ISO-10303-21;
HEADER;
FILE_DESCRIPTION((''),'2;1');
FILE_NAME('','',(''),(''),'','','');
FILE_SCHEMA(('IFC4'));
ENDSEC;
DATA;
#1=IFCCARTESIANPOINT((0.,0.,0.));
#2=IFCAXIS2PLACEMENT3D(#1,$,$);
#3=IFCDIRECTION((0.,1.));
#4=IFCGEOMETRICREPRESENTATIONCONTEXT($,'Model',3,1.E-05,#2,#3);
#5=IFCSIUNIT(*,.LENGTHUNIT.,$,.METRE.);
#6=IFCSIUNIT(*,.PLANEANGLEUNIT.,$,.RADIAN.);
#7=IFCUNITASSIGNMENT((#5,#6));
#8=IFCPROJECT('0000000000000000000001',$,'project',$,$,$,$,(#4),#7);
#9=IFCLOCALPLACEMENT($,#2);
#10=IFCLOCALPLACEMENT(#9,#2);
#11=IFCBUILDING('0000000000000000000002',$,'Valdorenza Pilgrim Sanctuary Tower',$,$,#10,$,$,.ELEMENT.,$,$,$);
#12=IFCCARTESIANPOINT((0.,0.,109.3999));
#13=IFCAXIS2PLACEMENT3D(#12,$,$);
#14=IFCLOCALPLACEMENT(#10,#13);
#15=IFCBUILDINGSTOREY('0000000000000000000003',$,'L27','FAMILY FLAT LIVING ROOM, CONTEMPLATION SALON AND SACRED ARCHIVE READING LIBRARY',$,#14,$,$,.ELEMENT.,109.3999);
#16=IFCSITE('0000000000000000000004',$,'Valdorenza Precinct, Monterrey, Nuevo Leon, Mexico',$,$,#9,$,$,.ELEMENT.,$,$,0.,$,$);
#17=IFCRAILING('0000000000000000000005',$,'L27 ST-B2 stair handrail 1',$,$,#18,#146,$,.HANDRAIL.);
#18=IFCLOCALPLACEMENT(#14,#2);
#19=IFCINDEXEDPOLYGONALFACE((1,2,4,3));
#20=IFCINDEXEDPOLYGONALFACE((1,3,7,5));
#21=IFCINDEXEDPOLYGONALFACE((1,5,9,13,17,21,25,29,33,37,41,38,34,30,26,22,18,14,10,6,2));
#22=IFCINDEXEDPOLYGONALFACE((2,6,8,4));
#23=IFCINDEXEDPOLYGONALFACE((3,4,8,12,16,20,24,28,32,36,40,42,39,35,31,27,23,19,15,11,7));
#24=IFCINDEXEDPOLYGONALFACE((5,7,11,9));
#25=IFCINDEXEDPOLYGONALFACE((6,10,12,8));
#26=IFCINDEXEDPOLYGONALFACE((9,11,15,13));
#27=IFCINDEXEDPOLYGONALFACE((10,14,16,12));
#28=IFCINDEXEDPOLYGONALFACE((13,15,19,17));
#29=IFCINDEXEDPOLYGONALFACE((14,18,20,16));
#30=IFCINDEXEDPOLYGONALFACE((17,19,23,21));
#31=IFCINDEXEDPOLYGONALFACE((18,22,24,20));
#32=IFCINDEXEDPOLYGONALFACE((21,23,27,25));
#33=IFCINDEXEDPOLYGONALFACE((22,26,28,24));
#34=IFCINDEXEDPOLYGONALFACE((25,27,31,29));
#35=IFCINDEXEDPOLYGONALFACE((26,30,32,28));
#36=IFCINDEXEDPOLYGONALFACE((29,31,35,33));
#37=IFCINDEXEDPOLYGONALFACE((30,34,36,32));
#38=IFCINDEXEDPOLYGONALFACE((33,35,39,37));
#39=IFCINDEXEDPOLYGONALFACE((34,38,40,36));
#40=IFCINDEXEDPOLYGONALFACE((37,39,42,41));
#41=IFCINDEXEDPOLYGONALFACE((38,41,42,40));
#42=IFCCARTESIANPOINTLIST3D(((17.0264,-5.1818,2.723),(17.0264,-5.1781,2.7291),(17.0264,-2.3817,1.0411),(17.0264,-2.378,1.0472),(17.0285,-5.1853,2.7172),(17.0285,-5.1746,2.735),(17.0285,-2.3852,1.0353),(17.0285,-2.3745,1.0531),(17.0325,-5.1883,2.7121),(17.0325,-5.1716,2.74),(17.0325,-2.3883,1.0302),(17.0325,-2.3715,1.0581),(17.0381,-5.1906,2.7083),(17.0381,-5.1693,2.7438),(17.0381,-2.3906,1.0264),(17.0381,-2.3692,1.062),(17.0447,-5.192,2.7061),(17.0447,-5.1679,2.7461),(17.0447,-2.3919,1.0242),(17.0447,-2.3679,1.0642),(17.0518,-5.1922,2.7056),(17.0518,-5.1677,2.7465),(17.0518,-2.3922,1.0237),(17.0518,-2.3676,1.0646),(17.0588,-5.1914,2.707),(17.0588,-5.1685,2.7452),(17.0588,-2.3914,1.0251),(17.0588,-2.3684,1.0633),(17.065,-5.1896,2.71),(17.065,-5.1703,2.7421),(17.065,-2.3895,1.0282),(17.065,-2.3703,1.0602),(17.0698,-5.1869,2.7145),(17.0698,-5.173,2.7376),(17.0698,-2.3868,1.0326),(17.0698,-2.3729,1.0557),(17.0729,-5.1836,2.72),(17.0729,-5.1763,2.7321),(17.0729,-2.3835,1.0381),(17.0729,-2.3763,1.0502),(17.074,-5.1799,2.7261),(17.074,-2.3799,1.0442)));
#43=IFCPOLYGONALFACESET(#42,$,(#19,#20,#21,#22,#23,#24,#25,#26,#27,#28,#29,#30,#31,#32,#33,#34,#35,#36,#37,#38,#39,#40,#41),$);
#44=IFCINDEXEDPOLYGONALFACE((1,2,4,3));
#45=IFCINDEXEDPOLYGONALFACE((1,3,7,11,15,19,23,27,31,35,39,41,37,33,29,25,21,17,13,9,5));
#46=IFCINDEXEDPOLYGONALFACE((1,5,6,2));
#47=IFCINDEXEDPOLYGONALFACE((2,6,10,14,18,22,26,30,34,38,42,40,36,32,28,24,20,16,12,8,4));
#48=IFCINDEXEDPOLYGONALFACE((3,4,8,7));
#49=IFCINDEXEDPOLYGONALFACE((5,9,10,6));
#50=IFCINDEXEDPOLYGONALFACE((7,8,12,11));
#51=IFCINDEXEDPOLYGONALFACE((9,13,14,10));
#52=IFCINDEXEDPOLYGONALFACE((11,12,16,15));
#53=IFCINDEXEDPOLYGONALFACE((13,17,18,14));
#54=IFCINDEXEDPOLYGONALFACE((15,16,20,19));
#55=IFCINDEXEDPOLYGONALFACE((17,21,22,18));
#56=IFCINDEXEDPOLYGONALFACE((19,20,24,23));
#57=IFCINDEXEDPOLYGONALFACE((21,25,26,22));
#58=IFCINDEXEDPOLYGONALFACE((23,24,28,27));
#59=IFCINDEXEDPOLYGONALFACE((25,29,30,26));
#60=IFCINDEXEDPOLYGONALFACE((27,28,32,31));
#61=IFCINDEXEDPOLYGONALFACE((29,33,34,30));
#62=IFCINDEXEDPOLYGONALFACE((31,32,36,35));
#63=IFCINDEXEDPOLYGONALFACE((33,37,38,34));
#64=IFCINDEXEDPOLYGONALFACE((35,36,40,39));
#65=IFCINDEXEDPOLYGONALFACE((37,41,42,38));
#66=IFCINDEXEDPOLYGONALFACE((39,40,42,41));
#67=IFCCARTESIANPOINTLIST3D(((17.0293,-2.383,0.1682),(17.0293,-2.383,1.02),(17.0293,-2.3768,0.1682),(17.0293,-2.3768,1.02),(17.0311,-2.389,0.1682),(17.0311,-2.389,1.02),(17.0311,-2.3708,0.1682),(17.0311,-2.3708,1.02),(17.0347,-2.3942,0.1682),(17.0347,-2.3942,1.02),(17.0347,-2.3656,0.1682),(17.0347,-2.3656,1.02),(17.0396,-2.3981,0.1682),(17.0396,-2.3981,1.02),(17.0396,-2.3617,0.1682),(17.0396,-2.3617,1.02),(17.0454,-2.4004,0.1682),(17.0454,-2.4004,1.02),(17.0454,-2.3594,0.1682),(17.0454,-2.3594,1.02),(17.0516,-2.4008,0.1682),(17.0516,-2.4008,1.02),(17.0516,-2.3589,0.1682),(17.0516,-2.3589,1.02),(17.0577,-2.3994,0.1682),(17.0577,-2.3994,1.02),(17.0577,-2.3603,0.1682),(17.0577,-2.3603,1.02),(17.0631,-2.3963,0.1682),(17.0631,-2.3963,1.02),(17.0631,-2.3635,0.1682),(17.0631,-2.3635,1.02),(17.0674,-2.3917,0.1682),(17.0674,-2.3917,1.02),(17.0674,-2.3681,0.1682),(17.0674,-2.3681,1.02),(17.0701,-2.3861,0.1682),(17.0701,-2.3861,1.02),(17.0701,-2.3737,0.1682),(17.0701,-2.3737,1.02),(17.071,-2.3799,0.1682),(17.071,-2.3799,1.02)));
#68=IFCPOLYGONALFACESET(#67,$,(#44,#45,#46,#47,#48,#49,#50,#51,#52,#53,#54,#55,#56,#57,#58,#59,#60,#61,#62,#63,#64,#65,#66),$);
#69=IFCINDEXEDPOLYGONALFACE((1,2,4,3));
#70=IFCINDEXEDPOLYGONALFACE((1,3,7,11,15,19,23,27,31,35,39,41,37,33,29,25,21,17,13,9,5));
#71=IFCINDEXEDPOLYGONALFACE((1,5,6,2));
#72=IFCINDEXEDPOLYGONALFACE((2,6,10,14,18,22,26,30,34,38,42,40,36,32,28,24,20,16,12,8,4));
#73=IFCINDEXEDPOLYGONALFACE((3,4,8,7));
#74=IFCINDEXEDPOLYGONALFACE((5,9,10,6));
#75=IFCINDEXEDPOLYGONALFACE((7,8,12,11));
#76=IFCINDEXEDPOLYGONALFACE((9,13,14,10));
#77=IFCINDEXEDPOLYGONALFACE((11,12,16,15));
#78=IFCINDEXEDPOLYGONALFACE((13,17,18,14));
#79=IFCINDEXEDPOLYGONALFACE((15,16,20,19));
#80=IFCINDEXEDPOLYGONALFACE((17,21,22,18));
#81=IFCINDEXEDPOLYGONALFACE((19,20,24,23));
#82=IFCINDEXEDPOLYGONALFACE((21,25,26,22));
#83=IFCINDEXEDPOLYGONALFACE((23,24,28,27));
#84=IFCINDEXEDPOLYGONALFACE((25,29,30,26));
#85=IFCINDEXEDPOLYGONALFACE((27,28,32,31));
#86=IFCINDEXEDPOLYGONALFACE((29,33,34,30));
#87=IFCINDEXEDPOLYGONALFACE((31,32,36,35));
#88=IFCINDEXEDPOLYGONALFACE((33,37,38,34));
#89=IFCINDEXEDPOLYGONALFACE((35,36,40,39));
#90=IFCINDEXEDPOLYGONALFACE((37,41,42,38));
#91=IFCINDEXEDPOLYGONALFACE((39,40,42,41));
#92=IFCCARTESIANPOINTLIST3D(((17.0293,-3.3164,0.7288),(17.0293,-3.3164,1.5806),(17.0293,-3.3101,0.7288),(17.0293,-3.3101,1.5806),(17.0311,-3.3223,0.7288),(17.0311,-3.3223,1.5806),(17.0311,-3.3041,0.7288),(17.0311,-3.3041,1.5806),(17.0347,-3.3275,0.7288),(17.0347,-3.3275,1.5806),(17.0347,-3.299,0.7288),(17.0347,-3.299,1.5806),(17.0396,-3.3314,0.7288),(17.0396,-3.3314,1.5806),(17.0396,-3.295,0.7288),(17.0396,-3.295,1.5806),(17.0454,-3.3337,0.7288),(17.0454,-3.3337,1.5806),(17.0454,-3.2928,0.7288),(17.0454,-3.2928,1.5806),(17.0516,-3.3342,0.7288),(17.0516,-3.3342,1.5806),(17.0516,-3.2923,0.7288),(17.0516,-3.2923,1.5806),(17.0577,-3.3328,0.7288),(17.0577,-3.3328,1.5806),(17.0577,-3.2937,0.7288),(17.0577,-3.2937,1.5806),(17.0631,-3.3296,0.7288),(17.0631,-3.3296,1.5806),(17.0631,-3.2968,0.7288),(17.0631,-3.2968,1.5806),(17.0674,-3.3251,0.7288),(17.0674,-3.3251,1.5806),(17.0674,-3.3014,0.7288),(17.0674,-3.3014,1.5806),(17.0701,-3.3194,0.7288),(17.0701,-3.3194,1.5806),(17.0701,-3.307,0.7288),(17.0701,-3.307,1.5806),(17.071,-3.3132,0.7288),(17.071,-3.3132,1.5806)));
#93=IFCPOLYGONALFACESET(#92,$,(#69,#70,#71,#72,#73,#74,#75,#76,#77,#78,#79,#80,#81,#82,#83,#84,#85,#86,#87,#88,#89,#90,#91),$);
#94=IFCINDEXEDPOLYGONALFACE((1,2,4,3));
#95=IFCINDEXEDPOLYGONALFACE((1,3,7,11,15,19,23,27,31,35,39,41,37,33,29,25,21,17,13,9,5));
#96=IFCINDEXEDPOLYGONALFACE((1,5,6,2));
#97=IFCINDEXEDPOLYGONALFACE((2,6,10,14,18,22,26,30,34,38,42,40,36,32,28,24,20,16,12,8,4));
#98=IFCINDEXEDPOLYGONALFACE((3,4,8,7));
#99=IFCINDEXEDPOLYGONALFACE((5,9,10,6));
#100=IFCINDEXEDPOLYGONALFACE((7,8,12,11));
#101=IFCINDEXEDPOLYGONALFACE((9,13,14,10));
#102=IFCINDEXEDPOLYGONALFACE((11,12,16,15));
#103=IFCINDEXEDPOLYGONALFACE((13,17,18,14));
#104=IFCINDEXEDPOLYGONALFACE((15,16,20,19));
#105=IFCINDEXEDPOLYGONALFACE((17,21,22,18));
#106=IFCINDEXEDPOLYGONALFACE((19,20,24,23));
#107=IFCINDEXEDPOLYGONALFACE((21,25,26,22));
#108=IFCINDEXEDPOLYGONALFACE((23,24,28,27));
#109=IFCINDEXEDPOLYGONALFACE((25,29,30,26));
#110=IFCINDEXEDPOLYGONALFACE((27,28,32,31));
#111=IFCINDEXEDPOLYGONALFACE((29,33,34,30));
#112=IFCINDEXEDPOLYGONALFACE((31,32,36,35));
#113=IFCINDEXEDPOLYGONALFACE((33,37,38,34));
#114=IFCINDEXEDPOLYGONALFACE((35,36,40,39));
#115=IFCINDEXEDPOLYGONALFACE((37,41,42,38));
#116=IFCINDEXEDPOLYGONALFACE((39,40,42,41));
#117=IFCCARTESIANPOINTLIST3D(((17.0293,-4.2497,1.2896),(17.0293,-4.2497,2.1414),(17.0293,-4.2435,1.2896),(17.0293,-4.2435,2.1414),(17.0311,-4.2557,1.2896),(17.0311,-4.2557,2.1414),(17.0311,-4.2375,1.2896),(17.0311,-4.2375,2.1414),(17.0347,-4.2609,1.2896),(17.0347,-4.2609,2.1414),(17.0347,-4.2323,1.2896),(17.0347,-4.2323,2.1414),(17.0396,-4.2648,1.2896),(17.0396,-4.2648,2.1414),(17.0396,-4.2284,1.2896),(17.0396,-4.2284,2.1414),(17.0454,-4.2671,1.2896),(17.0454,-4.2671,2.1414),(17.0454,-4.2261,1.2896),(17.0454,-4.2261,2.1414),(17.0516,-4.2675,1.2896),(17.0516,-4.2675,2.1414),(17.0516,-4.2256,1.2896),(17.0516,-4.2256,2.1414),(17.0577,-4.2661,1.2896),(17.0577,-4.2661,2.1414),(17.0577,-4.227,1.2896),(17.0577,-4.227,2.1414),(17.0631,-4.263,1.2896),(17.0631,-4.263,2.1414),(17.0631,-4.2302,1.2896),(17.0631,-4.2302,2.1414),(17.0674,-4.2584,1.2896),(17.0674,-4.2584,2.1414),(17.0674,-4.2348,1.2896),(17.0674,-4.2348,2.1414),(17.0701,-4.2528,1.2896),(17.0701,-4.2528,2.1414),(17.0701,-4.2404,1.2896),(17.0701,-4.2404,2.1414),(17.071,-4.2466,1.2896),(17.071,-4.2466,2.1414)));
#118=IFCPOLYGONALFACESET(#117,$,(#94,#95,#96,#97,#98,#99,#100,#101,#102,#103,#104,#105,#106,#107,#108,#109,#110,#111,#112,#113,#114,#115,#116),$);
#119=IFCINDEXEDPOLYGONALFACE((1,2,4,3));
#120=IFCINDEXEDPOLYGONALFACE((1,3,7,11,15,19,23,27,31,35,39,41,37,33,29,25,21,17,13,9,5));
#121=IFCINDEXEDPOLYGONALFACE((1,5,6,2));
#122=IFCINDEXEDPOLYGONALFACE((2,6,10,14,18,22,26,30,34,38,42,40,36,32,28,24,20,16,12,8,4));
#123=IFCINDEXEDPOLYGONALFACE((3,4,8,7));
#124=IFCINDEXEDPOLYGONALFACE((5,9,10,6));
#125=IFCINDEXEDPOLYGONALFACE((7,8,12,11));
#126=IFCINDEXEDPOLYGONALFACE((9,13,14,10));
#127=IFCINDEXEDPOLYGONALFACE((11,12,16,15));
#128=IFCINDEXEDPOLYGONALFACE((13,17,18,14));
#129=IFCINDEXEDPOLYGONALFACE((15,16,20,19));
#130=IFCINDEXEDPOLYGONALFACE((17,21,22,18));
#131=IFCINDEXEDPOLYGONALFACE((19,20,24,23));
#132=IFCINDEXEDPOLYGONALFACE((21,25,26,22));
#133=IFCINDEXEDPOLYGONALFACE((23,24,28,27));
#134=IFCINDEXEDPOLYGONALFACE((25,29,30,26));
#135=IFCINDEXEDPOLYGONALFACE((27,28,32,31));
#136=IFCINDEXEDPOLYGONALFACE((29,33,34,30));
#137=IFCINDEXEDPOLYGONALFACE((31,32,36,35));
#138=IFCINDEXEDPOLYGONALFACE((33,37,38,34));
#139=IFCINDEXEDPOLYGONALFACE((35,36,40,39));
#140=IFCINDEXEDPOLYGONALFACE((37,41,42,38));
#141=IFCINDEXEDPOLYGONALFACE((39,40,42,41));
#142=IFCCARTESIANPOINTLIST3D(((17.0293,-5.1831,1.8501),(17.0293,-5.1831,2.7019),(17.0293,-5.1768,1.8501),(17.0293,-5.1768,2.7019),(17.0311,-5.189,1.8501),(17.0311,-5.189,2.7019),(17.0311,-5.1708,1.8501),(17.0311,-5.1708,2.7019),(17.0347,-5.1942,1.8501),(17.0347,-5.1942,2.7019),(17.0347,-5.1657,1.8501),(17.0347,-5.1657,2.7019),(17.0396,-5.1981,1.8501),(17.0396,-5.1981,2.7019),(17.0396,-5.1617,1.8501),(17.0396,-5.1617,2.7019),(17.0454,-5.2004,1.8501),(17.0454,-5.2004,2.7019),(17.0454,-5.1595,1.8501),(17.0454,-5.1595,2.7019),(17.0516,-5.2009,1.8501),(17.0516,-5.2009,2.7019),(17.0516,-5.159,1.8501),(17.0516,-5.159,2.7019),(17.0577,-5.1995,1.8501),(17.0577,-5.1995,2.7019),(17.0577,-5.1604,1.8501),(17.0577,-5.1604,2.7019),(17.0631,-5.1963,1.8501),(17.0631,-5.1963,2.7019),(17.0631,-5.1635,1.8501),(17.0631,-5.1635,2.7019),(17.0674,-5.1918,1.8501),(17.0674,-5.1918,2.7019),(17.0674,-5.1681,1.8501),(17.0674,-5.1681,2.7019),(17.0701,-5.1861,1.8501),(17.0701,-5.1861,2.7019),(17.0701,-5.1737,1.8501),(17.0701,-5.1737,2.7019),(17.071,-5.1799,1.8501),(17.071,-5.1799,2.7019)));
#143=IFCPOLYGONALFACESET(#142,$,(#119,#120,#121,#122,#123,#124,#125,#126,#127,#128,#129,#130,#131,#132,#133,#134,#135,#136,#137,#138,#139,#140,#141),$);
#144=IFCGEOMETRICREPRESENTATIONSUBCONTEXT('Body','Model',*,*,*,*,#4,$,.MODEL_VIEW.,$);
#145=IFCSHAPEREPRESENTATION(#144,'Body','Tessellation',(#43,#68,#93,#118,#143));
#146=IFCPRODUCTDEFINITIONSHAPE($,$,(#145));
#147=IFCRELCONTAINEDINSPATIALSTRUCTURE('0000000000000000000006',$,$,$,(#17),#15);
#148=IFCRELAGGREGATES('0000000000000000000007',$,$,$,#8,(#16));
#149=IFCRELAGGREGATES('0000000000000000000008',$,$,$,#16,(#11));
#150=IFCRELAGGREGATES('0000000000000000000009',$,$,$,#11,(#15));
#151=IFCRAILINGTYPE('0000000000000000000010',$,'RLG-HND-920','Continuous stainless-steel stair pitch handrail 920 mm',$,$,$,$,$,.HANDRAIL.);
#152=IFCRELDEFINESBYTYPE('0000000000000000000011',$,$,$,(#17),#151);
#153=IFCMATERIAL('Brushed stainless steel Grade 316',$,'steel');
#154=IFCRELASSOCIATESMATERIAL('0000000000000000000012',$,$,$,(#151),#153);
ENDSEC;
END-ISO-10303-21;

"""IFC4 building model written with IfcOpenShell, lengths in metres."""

from ifc_helpers import new_model, si_unit, direction, frame, origin, origin_2d, place, context, subcontext, project, spatial, circle, extrude, material, type_object, element, save


model = new_model("IFC4")

# Units and contexts
model_context = context("Model", 3, precision=1e-05, world=origin(), true_north=direction((0.0, 1.0)))
body_context = subcontext(model_context, "Body", "Model", "MODEL_VIEW")
ifc_project = project(units=[si_unit("LENGTHUNIT", "METRE"), si_unit("PLANEANGLEUNIT", "RADIAN")], contexts=[model_context])

# Site, building, storey
site_placement = place(None, origin())
site = spatial("IfcSite", under=ifc_project, at=site_placement, Name="Valdorenza Precinct, Monterrey, Nuevo Leon, Mexico", CompositionType="ELEMENT", RefElevation=0.0)
building_placement = place(site_placement, origin())
building = spatial("IfcBuilding", under=site, at=building_placement, Name="Valdorenza Pilgrim Sanctuary Tower", CompositionType="ELEMENT")
storey_placement = place(building_placement, frame((0.0, 0.0, 109.3999)))
storey = spatial("IfcBuildingStorey", under=building, at=storey_placement, Name="L27", Description="FAMILY FLAT LIVING ROOM, CONTEMPLATION SALON AND SACRED ARCHIVE READING LIBRARY", CompositionType="ELEMENT", Elevation=109.3999)

# Railing
ifc_material_1 = material(Name="Brushed stainless steel Grade 316", Category="steel")
railing_type_1 = type_object("IfcRailingType", Name="RLG-HND-920", Description="Continuous stainless-steel stair pitch handrail 920 mm", PredefinedType="HANDRAIL", material=ifc_material_1)
railing_1_placement = place(storey_placement, frame((17.05, -2.3799, 0.1682)))
element("IfcRailing", 1, at=railing_1_placement, inside=storey, type_object=railing_type_1, Name="L27 ST-B2 stair handrail 1", PredefinedType="HANDRAIL", context=body_context, shape_type="SweptSolid", body=[
    extrude(circle(Radius=0.0239, at=origin_2d()), frame((0.0, 0.0, 0.876), z_axis=(0.0, -0.857242, 0.514913), x_axis=(1.0, 0.0, 0.0)), (0.0, 0.0, 1.0), 3.2664),
    extrude(circle(Radius=0.021, at=origin_2d()), origin(), (0.0, 0.0, 1.0), 0.8518),
    extrude(circle(Radius=0.021, at=origin_2d()), frame((0.0, -0.9333, 0.5605)), (0.0, 0.0, 1.0), 0.8518),
    extrude(circle(Radius=0.021, at=origin_2d()), frame((0.0, -1.8667, 1.1213)), (0.0, 0.0, 1.0), 0.8518),
    extrude(circle(Radius=0.021, at=origin_2d()), frame((0.0, -2.8, 1.6819)), (0.0, 0.0, 1.0), 0.8518),
])

save(model, "model.ifc")
